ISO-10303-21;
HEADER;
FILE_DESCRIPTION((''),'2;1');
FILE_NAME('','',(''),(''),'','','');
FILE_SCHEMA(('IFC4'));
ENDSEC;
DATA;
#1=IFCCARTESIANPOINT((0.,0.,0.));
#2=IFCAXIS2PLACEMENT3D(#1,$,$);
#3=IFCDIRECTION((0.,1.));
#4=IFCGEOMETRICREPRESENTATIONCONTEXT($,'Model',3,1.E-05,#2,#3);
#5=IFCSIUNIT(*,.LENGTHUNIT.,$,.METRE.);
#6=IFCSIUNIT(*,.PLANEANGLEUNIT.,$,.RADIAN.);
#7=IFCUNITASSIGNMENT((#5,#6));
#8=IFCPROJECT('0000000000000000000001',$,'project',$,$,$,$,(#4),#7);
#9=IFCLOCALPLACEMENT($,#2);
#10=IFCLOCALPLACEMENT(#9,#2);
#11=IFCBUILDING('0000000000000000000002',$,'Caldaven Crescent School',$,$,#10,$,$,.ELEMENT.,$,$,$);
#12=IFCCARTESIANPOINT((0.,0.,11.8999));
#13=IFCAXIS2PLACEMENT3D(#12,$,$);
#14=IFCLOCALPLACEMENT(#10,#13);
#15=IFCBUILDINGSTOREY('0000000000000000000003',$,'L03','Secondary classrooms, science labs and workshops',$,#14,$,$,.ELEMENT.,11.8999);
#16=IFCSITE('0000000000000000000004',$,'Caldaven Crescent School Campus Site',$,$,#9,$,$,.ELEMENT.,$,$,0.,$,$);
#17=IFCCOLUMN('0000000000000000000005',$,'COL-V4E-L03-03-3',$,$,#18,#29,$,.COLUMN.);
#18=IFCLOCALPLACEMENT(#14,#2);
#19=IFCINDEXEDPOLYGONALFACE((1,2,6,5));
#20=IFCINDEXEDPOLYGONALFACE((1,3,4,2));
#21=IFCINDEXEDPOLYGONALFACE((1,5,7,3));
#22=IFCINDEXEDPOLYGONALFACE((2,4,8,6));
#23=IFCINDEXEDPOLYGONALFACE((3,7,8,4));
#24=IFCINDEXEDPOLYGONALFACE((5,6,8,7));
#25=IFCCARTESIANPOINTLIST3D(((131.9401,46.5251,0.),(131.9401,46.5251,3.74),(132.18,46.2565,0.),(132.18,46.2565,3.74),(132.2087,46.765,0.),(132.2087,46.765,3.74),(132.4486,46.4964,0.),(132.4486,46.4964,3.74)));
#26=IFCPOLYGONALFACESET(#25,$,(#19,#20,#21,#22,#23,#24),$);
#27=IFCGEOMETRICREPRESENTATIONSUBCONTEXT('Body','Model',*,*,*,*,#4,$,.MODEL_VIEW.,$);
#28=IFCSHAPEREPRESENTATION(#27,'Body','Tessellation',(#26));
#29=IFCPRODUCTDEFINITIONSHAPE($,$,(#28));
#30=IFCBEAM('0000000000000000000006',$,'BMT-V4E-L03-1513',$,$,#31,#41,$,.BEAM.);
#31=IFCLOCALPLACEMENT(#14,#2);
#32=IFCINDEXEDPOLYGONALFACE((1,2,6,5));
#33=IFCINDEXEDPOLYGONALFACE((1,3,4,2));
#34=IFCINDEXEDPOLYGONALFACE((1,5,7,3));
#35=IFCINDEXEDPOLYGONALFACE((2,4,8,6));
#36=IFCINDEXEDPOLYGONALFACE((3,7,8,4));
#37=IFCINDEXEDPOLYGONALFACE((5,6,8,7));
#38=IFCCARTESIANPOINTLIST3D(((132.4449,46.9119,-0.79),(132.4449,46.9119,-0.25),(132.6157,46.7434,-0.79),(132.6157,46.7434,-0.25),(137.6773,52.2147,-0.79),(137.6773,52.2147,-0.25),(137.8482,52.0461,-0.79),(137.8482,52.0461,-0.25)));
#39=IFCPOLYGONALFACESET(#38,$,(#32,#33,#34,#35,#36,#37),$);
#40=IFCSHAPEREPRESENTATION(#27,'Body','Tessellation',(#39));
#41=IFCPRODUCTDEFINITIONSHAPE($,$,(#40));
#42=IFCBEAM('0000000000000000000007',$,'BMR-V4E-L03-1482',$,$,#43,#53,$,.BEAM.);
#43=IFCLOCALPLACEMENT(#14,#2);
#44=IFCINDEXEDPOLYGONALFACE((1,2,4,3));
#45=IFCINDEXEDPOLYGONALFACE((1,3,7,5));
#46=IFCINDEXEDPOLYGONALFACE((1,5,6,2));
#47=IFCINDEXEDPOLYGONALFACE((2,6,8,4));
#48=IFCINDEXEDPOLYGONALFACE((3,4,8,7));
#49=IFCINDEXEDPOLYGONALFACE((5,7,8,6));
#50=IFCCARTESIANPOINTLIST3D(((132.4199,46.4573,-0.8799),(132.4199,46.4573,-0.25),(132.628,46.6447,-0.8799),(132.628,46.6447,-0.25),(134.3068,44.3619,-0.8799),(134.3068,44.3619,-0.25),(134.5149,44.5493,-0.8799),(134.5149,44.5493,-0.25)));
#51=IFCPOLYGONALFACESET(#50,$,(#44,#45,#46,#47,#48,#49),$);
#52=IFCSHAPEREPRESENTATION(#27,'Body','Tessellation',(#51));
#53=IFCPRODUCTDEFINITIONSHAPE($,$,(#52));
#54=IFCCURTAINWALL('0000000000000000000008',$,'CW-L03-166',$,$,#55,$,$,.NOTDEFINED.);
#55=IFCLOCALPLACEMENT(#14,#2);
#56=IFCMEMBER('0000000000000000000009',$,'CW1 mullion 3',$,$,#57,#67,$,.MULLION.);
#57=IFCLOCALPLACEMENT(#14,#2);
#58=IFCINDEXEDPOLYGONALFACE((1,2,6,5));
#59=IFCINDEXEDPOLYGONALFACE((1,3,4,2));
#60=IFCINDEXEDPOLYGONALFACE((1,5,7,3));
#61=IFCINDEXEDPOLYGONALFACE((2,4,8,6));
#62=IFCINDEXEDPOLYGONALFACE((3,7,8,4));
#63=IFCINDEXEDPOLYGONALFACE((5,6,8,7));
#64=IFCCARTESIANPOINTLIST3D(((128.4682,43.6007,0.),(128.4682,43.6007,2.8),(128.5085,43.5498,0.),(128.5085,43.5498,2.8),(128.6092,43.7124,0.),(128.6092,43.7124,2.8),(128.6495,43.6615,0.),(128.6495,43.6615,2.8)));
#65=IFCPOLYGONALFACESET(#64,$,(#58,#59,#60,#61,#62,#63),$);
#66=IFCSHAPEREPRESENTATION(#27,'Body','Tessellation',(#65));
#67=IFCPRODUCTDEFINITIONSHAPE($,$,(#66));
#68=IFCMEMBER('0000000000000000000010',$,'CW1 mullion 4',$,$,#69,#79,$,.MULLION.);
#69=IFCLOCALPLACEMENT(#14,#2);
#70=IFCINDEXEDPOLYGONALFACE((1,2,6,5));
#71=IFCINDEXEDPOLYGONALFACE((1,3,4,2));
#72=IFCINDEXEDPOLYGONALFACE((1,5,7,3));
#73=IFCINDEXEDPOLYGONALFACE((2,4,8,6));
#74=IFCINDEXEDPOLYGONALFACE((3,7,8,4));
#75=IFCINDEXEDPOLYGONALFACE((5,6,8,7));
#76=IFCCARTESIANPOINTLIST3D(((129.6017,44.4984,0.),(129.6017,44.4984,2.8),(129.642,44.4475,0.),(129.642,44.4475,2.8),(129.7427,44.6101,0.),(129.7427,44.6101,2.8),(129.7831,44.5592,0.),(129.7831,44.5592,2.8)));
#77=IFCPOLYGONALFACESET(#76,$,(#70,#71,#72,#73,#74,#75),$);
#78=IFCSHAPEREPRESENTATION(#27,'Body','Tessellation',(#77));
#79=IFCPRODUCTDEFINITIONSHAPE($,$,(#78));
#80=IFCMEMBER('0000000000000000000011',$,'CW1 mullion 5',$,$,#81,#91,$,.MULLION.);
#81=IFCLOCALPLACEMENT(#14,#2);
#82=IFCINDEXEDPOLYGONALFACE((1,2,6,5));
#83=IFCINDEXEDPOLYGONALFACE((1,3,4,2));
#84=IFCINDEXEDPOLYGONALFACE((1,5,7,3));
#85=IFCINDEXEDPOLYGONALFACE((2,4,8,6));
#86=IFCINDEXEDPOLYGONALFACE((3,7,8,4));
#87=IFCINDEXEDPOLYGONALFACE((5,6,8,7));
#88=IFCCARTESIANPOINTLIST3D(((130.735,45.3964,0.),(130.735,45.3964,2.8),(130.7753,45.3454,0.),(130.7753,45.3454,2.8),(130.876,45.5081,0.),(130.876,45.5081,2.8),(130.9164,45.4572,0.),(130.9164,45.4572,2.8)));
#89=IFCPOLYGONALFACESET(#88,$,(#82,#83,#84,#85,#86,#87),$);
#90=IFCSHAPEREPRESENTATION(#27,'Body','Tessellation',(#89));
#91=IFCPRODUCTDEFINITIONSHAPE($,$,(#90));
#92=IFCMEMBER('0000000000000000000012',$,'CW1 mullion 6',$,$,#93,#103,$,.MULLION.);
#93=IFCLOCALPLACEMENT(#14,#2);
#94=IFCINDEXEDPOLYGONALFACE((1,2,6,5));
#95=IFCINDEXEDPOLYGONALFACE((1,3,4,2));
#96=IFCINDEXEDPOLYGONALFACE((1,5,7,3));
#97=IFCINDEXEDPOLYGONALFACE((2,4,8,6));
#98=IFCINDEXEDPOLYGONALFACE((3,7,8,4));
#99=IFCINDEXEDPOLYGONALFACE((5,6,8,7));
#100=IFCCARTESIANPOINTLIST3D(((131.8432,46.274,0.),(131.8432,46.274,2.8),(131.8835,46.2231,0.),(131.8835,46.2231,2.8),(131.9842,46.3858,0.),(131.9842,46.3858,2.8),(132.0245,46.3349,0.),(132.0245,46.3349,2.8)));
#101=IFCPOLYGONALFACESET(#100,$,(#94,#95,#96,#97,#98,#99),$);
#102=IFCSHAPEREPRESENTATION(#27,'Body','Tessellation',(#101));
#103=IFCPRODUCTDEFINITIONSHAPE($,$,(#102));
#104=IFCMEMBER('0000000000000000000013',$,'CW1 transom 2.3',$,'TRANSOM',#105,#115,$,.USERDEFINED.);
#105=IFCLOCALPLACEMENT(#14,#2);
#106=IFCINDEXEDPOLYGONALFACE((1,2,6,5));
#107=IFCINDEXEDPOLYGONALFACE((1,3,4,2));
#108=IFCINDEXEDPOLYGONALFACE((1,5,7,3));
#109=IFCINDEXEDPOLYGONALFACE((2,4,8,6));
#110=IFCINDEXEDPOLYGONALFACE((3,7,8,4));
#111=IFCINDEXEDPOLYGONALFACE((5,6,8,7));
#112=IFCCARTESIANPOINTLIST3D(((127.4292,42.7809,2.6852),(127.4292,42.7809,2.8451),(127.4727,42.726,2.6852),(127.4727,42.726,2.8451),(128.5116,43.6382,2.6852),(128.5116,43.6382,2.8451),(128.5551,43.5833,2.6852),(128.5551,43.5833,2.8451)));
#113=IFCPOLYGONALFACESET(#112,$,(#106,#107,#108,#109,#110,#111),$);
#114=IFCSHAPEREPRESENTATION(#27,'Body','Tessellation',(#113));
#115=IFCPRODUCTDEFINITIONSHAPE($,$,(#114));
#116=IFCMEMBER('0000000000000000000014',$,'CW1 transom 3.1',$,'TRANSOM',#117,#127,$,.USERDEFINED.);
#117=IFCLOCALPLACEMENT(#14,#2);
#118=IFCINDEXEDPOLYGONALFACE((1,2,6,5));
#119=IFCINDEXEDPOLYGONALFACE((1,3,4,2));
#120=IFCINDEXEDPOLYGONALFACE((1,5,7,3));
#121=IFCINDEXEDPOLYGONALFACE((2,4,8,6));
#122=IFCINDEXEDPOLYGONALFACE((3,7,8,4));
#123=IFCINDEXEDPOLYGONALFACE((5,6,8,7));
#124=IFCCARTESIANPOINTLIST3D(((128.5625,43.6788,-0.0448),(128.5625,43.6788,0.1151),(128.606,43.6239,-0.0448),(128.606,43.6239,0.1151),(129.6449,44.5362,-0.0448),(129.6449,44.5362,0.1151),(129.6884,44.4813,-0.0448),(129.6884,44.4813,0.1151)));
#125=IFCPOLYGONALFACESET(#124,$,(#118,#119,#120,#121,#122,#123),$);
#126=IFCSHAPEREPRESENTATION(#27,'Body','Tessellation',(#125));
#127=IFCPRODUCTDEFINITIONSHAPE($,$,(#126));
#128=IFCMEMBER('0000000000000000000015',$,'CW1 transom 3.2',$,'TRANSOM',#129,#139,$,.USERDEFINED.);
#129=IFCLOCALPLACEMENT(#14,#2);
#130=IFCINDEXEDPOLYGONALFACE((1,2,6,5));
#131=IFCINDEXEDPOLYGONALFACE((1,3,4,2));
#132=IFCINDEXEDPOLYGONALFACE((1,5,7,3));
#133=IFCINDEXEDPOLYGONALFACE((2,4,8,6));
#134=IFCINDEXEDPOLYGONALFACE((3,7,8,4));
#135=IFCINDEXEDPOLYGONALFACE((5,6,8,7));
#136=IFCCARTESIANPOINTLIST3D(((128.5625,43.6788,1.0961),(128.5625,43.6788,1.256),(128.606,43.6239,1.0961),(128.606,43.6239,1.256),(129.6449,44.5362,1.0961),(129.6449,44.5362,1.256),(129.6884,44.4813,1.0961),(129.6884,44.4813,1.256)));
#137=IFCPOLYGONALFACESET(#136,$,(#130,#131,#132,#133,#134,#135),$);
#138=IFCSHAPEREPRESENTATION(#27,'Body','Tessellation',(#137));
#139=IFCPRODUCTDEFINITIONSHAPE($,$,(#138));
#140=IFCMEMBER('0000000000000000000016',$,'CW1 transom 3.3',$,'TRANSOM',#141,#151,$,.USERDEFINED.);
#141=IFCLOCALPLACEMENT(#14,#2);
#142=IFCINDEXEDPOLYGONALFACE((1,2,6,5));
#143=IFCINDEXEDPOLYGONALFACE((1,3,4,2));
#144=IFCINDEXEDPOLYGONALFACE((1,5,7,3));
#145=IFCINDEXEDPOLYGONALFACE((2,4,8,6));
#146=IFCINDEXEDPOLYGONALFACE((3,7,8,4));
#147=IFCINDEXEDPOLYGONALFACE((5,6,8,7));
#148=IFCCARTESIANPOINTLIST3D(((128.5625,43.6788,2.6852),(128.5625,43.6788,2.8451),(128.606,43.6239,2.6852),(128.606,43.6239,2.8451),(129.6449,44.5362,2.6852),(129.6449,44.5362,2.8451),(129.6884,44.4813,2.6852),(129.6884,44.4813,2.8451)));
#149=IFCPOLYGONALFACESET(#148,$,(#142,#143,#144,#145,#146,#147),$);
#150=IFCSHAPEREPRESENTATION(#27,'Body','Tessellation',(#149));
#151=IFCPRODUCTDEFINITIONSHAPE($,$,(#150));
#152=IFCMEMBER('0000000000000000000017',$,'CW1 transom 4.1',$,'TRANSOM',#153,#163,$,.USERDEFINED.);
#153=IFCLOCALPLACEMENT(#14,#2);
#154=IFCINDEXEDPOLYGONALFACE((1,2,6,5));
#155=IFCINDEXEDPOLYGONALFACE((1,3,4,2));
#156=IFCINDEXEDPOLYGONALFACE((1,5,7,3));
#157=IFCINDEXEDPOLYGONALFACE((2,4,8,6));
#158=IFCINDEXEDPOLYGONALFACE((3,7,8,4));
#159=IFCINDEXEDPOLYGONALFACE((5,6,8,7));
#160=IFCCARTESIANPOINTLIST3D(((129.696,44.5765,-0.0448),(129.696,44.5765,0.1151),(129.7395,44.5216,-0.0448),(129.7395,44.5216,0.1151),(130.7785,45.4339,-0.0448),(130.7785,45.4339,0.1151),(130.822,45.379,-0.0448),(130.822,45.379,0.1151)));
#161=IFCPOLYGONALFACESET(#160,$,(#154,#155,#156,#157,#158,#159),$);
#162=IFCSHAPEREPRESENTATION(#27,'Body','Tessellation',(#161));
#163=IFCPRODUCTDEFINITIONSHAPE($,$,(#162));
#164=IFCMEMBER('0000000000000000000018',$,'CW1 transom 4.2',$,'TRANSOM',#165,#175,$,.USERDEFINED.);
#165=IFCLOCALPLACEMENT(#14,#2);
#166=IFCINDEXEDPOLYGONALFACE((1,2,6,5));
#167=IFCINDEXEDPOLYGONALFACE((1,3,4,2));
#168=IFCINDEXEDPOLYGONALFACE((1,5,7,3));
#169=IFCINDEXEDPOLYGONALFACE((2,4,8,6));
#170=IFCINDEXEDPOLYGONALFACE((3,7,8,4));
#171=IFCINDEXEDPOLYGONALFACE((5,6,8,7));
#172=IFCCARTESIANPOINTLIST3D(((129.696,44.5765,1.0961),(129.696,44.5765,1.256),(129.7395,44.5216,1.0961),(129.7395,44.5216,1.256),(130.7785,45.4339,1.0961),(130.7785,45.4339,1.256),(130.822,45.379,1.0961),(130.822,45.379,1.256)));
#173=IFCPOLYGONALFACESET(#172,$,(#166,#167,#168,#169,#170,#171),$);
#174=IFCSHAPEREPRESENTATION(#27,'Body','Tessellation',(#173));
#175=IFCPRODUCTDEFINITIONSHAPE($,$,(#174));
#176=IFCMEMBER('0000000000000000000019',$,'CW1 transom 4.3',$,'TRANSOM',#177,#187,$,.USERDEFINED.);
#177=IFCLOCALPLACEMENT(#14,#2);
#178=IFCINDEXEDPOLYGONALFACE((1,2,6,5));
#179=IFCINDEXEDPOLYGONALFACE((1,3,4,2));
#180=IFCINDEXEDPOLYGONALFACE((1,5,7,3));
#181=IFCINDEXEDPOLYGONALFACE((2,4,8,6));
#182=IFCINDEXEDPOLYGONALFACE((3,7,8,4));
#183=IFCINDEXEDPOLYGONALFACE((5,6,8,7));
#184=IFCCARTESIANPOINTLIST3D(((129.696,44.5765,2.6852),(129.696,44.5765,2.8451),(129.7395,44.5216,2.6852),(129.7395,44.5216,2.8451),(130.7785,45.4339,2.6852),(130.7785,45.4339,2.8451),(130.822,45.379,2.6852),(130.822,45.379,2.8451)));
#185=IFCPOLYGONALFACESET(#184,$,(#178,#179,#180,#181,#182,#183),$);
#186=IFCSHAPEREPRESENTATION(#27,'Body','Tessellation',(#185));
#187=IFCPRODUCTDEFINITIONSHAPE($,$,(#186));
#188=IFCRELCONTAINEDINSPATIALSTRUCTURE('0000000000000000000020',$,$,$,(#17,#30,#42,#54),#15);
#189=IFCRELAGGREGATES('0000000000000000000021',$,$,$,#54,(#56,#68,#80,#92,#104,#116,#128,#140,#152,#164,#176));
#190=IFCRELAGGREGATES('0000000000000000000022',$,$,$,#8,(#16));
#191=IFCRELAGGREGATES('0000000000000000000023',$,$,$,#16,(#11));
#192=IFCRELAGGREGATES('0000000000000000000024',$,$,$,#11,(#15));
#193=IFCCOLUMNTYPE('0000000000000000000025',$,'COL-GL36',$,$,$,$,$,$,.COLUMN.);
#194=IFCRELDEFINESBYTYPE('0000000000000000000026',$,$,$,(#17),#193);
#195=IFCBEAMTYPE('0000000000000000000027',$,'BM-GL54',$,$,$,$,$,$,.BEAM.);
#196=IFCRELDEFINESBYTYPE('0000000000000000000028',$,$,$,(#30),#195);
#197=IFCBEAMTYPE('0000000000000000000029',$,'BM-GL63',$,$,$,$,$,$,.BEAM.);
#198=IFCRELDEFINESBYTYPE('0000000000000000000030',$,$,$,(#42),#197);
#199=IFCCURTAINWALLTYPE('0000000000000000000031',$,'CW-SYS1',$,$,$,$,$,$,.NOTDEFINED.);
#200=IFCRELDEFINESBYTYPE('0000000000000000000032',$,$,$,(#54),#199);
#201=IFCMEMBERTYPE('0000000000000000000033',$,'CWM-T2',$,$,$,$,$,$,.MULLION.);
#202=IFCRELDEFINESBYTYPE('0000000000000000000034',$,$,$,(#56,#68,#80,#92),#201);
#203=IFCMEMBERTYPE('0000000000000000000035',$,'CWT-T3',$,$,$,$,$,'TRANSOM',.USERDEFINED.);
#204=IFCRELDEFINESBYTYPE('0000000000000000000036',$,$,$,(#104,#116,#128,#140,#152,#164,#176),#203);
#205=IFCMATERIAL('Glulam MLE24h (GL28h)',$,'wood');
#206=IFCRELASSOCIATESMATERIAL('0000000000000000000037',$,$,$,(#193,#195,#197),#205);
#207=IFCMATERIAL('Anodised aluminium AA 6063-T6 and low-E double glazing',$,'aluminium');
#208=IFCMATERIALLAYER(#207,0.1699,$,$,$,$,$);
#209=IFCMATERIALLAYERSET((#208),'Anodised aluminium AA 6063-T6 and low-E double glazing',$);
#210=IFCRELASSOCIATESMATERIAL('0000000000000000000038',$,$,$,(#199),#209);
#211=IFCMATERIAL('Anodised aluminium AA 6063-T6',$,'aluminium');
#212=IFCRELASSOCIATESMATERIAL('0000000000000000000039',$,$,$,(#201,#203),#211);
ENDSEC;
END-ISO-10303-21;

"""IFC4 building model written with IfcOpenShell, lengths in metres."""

from ifc_helpers import new_model, si_unit, direction, frame, origin, origin_2d, place, context, subcontext, project, spatial, rectangle, extrude, material, layer, layer_set, material_profile, profile_set, type_object, element, aggregate, save


model = new_model("IFC4")

# Units and contexts
model_context = context("Model", 3, precision=1e-05, world=origin(), true_north=direction((0.0, 1.0)))
body_context = subcontext(model_context, "Body", "Model", "MODEL_VIEW")
ifc_project = project(units=[si_unit("LENGTHUNIT", "METRE"), si_unit("PLANEANGLEUNIT", "RADIAN")], contexts=[model_context])

# Site, building, storey
site_placement = place(None, origin())
site = spatial("IfcSite", under=ifc_project, at=site_placement, Name="Caldaven Crescent School Campus Site", CompositionType="ELEMENT", RefElevation=0.0)
building_placement = place(site_placement, origin())
building = spatial("IfcBuilding", under=site, at=building_placement, Name="Caldaven Crescent School", CompositionType="ELEMENT")
storey_placement = place(building_placement, frame((0.0, 0.0, 11.8999)))
storey = spatial("IfcBuildingStorey", under=building, at=storey_placement, Name="L03", Description="Secondary classrooms, science labs and workshops", CompositionType="ELEMENT", Elevation=11.8999)

# Column
ifc_material_1 = material(Name="Glulam MLE24h (GL28h)", Category="wood")
ifc_material_profile_1 = material_profile(ifc_material_1, rectangle(XDim=0.3601, YDim=0.3601, at=origin_2d()), Name="MLE 360x360")
ifc_profile_set_1 = profile_set([ifc_material_profile_1], Name="Glulam MLE24h (GL28h)")
column_type = type_object("IfcColumnType", Name="COL-GL36", PredefinedType="COLUMN", material=ifc_profile_set_1)
column_placement = place(storey_placement, frame((132.1943, 46.5107, 0.0), z_axis=(0.0, 0.0, 1.0), x_axis=(0.666142, -0.745825, 0.0)))
element("IfcColumn", 1, at=column_placement, inside=storey, type_object=column_type, Name="COL-V4E-L03-03-3", PredefinedType="COLUMN", context=body_context, shape_type="SweptSolid", body=[
    extrude(rectangle(XDim=0.3601, YDim=0.3601, at=origin_2d()), origin(), (0.0, 0.0, 1.0), 3.74),
])

# Beams
ifc_material_profile_2 = material_profile(ifc_material_1, rectangle(XDim=0.24, YDim=0.54, at=origin_2d()), Name="MLE 240x540")
ifc_profile_set_2 = profile_set([ifc_material_profile_2], Name="Glulam MLE24h (GL28h)")
beam_type_1 = type_object("IfcBeamType", Name="BM-GL54", PredefinedType="BEAM", material=ifc_profile_set_2)
beam_1_placement = place(storey_placement, frame((132.5303, 46.8276, -0.52), z_axis=(0.702372, 0.71181, 0.0), x_axis=(-0.71181, 0.702372, 0.0)))
element("IfcBeam", 2, at=beam_1_placement, inside=storey, type_object=beam_type_1, Name="BMT-V4E-L03-1513", PredefinedType="BEAM", context=body_context, shape_type="SweptSolid", body=[
    extrude(rectangle(XDim=0.24, YDim=0.54, at=origin_2d()), origin(), (0.0, 0.0, 1.0), 7.4497),
])
ifc_material_profile_3 = material_profile(ifc_material_1, rectangle(XDim=0.28, YDim=0.6299, at=origin_2d()), Name="MLE 280x630")
ifc_profile_set_3 = profile_set([ifc_material_profile_3], Name="Glulam MLE24h (GL28h)")
beam_type_2 = type_object("IfcBeamType", Name="BM-GL63", PredefinedType="BEAM", material=ifc_profile_set_3)
beam_2_placement = place(storey_placement, frame((132.5239, 46.551, -0.5649), z_axis=(0.66917, -0.743109, 0.0), x_axis=(0.743109, 0.66917, 0.0)))
element("IfcBeam", 3, at=beam_2_placement, inside=storey, type_object=beam_type_2, Name="BMR-V4E-L03-1482", PredefinedType="BEAM", context=body_context, shape_type="SweptSolid", body=[
    extrude(rectangle(XDim=0.28, YDim=0.6299, at=origin_2d()), origin(), (0.0, 0.0, 1.0), 2.8198),
])

# Curtain wall, members
ifc_material_2 = material(Name="Anodised aluminium AA 6063-T6 and low-E double glazing", Category="aluminium")
ifc_layer_1 = layer(ifc_material_2, 0.1699)
ifc_layer_set_1 = layer_set([ifc_layer_1], Name="Anodised aluminium AA 6063-T6 and low-E double glazing")
curtain_wall_type = type_object("IfcCurtainWallType", Name="CW-SYS1", PredefinedType="NOTDEFINED", material=ifc_layer_set_1)
curtain_wall_placement = place(storey_placement, origin())
curtain_wall = element("IfcCurtainWall", 4, at=curtain_wall_placement, inside=storey, type_object=curtain_wall_type, Name="CW-L03-166", PredefinedType="NOTDEFINED")
ifc_material_3 = material(Name="Anodised aluminium AA 6063-T6", Category="aluminium")
ifc_material_profile_4 = material_profile(ifc_material_3, rectangle(XDim=0.0649, YDim=0.1799, at=origin_2d()), Name="CWM 65x180")
ifc_profile_set_4 = profile_set([ifc_material_profile_4], Name="Anodised aluminium AA 6063-T6")
member_type_1 = type_object("IfcMemberType", Name="CWM-T2", PredefinedType="MULLION", material=ifc_profile_set_4)
member_1_placement = place(storey_placement, frame((128.5588, 43.6311, 0.0), z_axis=(0.0, 0.0, 1.0), x_axis=(-0.62091, 0.783882, 0.0)))
member_1 = element("IfcMember", 5, at=member_1_placement, type_object=member_type_1, Name="CW1 mullion 3", PredefinedType="MULLION", context=body_context, shape_type="SweptSolid", body=[
    extrude(rectangle(XDim=0.0649, YDim=0.1799, at=origin_2d()), origin(), (0.0, 0.0, 1.0), 2.8),
])
member_2_placement = place(storey_placement, frame((129.6924, 44.5288, 0.0), z_axis=(0.0, 0.0, 1.0), x_axis=(-0.62091, 0.783882, 0.0)))
member_2 = element("IfcMember", 6, at=member_2_placement, type_object=member_type_1, Name="CW1 mullion 4", PredefinedType="MULLION", context=body_context, shape_type="SweptSolid", body=[
    extrude(rectangle(XDim=0.0649, YDim=0.1799, at=origin_2d()), origin(), (0.0, 0.0, 1.0), 2.8),
])
member_3_placement = place(storey_placement, frame((130.8257, 45.4268, 0.0), z_axis=(0.0, 0.0, 1.0), x_axis=(-0.62091, 0.783882, 0.0)))
member_3 = element("IfcMember", 7, at=member_3_placement, type_object=member_type_1, Name="CW1 mullion 5", PredefinedType="MULLION", context=body_context, shape_type="SweptSolid", body=[
    extrude(rectangle(XDim=0.0649, YDim=0.1799, at=origin_2d()), origin(), (0.0, 0.0, 1.0), 2.8),
])
member_4_placement = place(storey_placement, frame((131.9338, 46.3044, 0.0), z_axis=(0.0, 0.0, 1.0), x_axis=(-0.62091, 0.783882, 0.0)))
member_4 = element("IfcMember", 8, at=member_4_placement, type_object=member_type_1, Name="CW1 mullion 6", PredefinedType="MULLION", context=body_context, shape_type="SweptSolid", body=[
    extrude(rectangle(XDim=0.0649, YDim=0.1799, at=origin_2d()), origin(), (0.0, 0.0, 1.0), 2.8),
])
ifc_material_profile_5 = material_profile(ifc_material_3, rectangle(XDim=0.0701, YDim=0.1599, at=origin_2d()), Name="CWT 70x160")
ifc_profile_set_5 = profile_set([ifc_material_profile_5], Name="Anodised aluminium AA 6063-T6")
member_type_2 = type_object("IfcMemberType", Name="CWT-T3", ElementType="TRANSOM", PredefinedType="USERDEFINED", material=ifc_profile_set_5)
member_5_placement = place(storey_placement, frame((127.4509, 42.7534, 2.7651), z_axis=(0.783895, 0.620893, 0.0), x_axis=(-0.620893, 0.783895, 0.0)))
member_5 = element("IfcMember", 9, at=member_5_placement, type_object=member_type_2, Name="CW1 transom 2.3", ObjectType="TRANSOM", PredefinedType="USERDEFINED", context=body_context, shape_type="SweptSolid", body=[
    extrude(rectangle(XDim=0.0701, YDim=0.1599, at=origin_2d()), origin(), (0.0, 0.0, 1.0), 1.3809),
])
member_6_placement = place(storey_placement, frame((128.5842, 43.6514, 0.0352), z_axis=(0.783895, 0.620893, 0.0), x_axis=(-0.620893, 0.783895, 0.0)))
member_6 = element("IfcMember", 10, at=member_6_placement, type_object=member_type_2, Name="CW1 transom 3.1", ObjectType="TRANSOM", PredefinedType="USERDEFINED", context=body_context, shape_type="SweptSolid", body=[
    extrude(rectangle(XDim=0.0701, YDim=0.1599, at=origin_2d()), origin(), (0.0, 0.0, 1.0), 1.3809),
])
member_7_placement = place(storey_placement, frame((128.5842, 43.6514, 1.176), z_axis=(0.783895, 0.620893, 0.0), x_axis=(-0.620893, 0.783895, 0.0)))
member_7 = element("IfcMember", 11, at=member_7_placement, type_object=member_type_2, Name="CW1 transom 3.2", ObjectType="TRANSOM", PredefinedType="USERDEFINED", context=body_context, shape_type="SweptSolid", body=[
    extrude(rectangle(XDim=0.0701, YDim=0.1599, at=origin_2d()), origin(), (0.0, 0.0, 1.0), 1.3809),
])
member_8_placement = place(storey_placement, frame((128.5842, 43.6514, 2.7651), z_axis=(0.783895, 0.620893, 0.0), x_axis=(-0.620893, 0.783895, 0.0)))
member_8 = element("IfcMember", 12, at=member_8_placement, type_object=member_type_2, Name="CW1 transom 3.3", ObjectType="TRANSOM", PredefinedType="USERDEFINED", context=body_context, shape_type="SweptSolid", body=[
    extrude(rectangle(XDim=0.0701, YDim=0.1599, at=origin_2d()), origin(), (0.0, 0.0, 1.0), 1.3809),
])
member_9_placement = place(storey_placement, frame((129.7178, 44.5491, 0.0352), z_axis=(0.783895, 0.620893, 0.0), x_axis=(-0.620893, 0.783895, 0.0)))
member_9 = element("IfcMember", 13, at=member_9_placement, type_object=member_type_2, Name="CW1 transom 4.1", ObjectType="TRANSOM", PredefinedType="USERDEFINED", context=body_context, shape_type="SweptSolid", body=[
    extrude(rectangle(XDim=0.0701, YDim=0.1599, at=origin_2d()), origin(), (0.0, 0.0, 1.0), 1.3809),
])
member_10_placement = place(storey_placement, frame((129.7178, 44.5491, 1.176), z_axis=(0.783895, 0.620893, 0.0), x_axis=(-0.620893, 0.783895, 0.0)))
member_10 = element("IfcMember", 14, at=member_10_placement, type_object=member_type_2, Name="CW1 transom 4.2", ObjectType="TRANSOM", PredefinedType="USERDEFINED", context=body_context, shape_type="SweptSolid", body=[
    extrude(rectangle(XDim=0.0701, YDim=0.1599, at=origin_2d()), origin(), (0.0, 0.0, 1.0), 1.3809),
])
member_11_placement = place(storey_placement, frame((129.7178, 44.5491, 2.7651), z_axis=(0.783895, 0.620893, 0.0), x_axis=(-0.620893, 0.783895, 0.0)))
member_11 = element("IfcMember", 15, at=member_11_placement, type_object=member_type_2, Name="CW1 transom 4.3", ObjectType="TRANSOM", PredefinedType="USERDEFINED", context=body_context, shape_type="SweptSolid", body=[
    extrude(rectangle(XDim=0.0701, YDim=0.1599, at=origin_2d()), origin(), (0.0, 0.0, 1.0), 1.3809),
])

aggregate(curtain_wall, [member_1, member_2, member_3, member_4, member_5, member_6, member_7, member_8, member_9, member_10, member_11])

save(model, "model.ifc")
